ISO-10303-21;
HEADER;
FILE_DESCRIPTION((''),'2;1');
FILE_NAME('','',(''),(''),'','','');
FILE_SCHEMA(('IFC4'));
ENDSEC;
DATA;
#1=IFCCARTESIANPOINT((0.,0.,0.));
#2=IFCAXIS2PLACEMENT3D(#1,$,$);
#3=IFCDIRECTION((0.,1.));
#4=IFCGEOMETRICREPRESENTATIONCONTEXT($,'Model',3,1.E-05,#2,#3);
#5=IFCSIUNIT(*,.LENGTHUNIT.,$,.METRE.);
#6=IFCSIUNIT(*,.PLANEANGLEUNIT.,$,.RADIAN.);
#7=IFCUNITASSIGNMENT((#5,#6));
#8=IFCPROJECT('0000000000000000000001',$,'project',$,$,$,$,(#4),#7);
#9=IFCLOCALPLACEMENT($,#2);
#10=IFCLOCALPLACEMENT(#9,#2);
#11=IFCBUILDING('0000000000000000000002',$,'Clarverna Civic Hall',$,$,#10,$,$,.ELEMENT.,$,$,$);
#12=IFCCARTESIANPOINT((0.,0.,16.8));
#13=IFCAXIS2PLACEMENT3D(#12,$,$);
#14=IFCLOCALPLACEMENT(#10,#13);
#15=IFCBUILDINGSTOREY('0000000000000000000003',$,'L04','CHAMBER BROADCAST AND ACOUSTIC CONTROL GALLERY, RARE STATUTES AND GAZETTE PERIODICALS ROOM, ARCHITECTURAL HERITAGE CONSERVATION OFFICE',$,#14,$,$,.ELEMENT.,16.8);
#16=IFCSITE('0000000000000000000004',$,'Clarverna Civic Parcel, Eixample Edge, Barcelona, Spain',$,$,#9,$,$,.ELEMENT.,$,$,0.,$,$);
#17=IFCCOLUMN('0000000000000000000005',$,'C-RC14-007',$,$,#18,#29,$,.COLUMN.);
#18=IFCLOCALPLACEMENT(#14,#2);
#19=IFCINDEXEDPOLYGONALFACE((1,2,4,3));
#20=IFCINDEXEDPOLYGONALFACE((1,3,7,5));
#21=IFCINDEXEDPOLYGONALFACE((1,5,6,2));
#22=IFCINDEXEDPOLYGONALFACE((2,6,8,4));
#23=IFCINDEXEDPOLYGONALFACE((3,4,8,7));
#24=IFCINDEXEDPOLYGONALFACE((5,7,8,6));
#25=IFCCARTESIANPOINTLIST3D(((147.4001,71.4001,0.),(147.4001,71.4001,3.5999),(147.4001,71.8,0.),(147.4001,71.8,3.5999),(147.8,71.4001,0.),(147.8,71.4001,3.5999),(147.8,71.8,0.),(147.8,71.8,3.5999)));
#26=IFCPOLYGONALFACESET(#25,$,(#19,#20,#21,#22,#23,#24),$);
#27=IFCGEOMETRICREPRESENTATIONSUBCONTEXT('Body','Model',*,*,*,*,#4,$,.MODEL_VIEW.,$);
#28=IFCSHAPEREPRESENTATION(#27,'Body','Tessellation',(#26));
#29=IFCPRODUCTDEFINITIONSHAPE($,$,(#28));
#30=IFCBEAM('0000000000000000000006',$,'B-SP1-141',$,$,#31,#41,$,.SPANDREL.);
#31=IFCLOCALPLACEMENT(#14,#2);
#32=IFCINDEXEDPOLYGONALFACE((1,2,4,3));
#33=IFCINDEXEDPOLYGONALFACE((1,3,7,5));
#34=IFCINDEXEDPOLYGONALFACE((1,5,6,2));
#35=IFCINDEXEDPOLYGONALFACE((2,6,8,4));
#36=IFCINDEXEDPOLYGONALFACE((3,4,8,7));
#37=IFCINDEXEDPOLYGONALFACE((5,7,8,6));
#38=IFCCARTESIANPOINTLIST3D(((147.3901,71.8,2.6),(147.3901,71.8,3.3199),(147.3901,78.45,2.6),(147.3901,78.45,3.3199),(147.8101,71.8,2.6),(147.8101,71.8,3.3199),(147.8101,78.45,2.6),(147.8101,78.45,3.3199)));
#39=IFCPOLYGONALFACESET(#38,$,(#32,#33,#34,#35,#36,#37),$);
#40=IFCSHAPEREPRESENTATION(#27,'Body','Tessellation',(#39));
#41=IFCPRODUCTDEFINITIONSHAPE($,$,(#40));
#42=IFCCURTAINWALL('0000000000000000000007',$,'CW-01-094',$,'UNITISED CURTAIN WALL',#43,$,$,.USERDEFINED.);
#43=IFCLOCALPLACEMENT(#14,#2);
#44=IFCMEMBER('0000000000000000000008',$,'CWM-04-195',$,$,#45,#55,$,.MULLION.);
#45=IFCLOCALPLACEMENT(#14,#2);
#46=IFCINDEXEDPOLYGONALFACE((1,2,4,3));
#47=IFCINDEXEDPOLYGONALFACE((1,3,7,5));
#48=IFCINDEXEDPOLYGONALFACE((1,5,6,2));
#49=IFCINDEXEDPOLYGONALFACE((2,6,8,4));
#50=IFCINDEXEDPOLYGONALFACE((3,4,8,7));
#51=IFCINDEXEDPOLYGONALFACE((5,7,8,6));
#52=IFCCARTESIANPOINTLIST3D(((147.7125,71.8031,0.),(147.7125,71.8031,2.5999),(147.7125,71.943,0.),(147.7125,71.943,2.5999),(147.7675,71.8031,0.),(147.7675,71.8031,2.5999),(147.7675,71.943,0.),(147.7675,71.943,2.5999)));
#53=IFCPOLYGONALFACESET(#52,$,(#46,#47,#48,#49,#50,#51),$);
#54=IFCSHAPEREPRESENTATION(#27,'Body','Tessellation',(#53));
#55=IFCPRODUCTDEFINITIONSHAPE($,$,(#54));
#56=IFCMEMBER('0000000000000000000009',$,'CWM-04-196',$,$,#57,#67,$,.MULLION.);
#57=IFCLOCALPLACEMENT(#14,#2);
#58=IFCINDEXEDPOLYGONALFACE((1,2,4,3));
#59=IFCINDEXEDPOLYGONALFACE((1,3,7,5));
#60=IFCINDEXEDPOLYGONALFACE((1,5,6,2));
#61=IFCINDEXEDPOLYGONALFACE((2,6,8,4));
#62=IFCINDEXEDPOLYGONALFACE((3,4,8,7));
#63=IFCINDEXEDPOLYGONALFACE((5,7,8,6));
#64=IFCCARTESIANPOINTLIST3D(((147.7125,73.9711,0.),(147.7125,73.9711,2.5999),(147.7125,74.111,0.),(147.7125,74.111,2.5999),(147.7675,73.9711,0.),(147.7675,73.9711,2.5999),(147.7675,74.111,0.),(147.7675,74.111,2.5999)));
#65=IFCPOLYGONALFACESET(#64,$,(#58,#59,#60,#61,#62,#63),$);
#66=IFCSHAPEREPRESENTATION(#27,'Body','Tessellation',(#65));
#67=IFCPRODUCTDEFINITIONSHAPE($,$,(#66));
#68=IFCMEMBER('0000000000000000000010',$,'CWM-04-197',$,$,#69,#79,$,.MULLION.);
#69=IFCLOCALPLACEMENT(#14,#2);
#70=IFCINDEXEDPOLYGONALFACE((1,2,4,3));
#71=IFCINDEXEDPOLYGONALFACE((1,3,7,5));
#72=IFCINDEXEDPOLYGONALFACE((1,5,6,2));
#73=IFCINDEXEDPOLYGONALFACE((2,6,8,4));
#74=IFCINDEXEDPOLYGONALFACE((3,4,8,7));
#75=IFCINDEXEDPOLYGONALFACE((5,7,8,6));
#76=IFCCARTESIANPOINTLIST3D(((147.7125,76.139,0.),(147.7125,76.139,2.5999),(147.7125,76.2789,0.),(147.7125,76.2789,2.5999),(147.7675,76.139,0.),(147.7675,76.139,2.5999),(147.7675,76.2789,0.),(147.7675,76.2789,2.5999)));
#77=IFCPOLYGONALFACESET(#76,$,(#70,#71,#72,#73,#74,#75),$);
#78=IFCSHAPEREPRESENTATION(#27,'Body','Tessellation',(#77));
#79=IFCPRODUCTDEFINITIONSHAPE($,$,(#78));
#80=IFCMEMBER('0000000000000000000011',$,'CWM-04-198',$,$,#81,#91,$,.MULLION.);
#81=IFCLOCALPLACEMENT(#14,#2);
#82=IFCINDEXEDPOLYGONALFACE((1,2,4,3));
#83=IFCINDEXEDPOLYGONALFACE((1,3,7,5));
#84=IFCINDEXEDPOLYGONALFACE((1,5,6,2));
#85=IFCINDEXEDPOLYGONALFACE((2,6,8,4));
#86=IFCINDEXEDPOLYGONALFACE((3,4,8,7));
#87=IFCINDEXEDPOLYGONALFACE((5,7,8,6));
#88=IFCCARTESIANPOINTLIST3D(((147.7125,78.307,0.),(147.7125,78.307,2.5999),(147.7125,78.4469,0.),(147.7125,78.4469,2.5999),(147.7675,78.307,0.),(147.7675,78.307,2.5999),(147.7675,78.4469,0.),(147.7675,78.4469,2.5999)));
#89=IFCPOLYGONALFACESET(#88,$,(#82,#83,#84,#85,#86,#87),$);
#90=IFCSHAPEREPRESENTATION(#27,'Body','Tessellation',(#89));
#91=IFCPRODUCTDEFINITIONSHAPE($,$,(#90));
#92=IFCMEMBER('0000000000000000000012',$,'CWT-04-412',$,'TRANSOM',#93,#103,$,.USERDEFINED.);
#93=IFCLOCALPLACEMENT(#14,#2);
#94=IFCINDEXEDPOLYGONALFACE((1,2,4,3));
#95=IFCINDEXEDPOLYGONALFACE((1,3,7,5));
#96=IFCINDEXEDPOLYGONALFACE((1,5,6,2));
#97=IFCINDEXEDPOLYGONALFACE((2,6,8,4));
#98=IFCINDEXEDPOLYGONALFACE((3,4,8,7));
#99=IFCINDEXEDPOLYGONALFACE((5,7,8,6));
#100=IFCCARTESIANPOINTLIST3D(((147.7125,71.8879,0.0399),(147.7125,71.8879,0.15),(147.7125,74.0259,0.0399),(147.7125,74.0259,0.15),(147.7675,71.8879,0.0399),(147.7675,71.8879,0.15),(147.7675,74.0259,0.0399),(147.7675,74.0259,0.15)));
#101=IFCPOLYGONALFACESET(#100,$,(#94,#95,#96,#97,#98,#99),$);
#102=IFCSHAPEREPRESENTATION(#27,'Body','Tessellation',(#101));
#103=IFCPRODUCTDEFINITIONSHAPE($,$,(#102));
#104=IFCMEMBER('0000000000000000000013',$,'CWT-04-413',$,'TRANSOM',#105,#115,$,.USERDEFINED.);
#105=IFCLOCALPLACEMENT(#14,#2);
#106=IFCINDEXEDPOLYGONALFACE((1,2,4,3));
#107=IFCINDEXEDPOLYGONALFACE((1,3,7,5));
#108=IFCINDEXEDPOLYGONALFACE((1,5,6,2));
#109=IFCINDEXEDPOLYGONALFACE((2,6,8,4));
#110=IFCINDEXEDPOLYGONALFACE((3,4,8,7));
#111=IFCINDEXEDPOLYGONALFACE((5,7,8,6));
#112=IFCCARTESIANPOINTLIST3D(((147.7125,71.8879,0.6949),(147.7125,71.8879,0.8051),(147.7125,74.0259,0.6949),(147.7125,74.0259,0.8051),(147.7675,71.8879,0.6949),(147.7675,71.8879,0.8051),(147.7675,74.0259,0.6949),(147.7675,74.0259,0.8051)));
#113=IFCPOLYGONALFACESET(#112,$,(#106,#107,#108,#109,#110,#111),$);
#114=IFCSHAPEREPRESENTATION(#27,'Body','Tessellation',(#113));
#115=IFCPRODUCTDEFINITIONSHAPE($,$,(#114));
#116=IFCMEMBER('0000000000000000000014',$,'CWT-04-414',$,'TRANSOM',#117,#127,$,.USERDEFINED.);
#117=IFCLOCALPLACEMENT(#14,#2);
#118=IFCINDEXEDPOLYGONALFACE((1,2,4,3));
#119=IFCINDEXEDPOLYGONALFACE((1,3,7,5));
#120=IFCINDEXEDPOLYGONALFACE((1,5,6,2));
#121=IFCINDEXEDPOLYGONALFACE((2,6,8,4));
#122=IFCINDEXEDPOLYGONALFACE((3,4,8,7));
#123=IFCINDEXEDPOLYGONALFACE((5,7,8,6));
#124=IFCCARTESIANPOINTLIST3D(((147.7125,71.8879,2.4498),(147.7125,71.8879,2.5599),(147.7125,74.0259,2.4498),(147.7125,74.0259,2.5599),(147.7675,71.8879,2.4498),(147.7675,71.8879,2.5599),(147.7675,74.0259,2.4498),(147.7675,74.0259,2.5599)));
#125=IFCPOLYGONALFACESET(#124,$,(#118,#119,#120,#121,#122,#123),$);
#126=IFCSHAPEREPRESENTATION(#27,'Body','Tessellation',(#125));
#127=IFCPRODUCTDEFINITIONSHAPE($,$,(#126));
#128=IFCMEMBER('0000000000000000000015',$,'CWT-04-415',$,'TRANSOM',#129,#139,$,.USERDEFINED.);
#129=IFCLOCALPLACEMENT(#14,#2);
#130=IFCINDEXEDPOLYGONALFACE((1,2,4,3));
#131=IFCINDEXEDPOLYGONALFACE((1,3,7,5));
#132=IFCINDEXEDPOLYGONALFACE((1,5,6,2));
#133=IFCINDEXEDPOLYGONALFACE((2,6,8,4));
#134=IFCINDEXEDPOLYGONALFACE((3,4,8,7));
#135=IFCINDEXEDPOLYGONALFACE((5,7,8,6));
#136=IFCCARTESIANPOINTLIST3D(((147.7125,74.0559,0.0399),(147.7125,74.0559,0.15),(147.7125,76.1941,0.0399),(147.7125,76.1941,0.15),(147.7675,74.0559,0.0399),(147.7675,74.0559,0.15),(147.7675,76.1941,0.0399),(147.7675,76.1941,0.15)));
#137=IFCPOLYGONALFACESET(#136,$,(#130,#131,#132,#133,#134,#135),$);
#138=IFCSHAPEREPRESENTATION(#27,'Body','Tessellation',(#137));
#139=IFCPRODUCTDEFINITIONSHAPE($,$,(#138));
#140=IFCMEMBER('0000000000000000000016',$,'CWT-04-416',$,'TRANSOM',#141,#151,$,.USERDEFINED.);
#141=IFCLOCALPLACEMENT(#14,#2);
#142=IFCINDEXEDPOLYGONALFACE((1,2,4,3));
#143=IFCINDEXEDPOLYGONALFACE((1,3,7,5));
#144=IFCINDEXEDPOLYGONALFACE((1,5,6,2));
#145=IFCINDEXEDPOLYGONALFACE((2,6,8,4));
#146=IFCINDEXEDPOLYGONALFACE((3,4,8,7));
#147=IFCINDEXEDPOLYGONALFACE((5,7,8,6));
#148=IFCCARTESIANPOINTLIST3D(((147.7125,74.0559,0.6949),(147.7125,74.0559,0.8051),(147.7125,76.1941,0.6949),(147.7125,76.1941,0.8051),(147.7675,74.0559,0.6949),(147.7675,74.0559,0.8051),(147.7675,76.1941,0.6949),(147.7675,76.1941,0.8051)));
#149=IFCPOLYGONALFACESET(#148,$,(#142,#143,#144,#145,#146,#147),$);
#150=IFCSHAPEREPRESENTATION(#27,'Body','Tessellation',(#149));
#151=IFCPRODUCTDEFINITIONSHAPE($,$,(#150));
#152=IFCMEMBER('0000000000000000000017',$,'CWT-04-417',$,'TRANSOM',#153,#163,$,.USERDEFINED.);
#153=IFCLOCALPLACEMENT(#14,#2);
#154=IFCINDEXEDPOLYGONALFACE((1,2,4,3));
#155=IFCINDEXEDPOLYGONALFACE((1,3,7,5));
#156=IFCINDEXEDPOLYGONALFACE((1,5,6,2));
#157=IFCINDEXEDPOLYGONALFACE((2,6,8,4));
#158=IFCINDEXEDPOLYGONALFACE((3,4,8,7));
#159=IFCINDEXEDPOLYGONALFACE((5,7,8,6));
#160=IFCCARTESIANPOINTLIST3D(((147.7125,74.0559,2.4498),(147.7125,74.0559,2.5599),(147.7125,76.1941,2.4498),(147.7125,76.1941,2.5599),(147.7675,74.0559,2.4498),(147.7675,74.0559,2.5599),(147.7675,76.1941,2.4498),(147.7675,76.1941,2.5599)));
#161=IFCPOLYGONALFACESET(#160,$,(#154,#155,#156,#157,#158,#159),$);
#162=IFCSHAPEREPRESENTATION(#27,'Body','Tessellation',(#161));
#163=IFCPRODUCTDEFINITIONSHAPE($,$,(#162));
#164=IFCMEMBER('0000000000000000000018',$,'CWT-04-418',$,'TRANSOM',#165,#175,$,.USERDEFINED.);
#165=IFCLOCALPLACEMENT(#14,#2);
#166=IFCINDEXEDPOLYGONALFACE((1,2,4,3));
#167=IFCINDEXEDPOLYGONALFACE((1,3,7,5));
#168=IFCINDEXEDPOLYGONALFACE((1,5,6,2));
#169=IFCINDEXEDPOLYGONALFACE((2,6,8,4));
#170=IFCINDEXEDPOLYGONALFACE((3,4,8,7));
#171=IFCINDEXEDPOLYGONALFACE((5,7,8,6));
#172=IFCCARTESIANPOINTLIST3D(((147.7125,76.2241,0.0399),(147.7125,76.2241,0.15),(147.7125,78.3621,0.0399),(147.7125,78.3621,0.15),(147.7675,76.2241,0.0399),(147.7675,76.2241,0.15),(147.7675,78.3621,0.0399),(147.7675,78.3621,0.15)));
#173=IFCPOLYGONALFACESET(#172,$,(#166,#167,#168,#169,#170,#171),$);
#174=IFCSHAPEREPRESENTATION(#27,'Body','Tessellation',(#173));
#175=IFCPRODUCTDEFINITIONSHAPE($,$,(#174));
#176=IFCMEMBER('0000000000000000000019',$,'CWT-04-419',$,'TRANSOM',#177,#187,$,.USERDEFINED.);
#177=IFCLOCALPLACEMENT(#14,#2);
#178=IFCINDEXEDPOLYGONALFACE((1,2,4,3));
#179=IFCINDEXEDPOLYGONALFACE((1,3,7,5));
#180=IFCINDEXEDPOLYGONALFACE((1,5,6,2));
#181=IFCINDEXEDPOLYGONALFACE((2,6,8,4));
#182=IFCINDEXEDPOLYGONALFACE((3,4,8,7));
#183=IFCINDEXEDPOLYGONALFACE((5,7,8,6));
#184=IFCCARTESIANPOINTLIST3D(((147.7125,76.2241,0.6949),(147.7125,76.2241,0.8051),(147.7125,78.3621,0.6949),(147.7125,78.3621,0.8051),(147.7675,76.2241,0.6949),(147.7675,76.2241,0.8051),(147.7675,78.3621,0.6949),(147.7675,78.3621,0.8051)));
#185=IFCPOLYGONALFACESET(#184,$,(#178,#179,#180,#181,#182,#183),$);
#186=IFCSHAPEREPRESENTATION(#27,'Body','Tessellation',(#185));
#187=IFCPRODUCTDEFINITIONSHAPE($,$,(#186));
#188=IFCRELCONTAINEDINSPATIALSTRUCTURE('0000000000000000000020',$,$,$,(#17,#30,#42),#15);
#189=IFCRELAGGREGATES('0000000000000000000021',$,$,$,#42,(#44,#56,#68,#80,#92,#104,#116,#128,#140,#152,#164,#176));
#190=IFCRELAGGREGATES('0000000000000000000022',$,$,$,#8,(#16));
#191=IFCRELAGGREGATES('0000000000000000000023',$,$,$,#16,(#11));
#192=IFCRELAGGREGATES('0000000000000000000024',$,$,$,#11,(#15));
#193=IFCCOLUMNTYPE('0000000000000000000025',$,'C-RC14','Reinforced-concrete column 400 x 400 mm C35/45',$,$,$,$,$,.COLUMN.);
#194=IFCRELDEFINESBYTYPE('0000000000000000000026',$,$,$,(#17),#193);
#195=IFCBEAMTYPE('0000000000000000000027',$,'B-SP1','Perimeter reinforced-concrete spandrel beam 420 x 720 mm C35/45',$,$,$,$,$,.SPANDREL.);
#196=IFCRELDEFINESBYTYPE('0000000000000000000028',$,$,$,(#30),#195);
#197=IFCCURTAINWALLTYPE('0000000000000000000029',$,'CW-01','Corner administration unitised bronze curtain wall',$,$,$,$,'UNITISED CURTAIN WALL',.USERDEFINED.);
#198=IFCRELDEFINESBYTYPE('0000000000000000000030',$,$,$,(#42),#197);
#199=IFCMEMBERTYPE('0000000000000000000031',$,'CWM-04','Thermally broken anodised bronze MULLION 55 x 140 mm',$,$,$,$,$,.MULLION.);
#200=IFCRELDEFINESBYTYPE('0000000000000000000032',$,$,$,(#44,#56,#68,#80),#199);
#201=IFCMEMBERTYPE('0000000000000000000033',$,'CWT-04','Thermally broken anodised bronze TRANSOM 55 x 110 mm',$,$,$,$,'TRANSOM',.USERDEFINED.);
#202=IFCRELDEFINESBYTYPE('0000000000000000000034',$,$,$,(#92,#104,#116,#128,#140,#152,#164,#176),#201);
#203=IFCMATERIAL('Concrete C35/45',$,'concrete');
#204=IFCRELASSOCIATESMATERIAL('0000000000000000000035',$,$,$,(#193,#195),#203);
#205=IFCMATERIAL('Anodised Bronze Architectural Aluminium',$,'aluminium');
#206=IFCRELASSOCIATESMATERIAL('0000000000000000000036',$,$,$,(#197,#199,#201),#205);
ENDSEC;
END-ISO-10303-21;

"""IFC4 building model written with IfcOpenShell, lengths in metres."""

from ifc_helpers import new_model, si_unit, direction, frame, origin, origin_2d, place, context, subcontext, project, spatial, rectangle, extrude, material, material_profile, profile_set, type_object, element, aggregate, save


model = new_model("IFC4")

# Units and contexts
model_context = context("Model", 3, precision=1e-05, world=origin(), true_north=direction((0.0, 1.0)))
body_context = subcontext(model_context, "Body", "Model", "MODEL_VIEW")
ifc_project = project(units=[si_unit("LENGTHUNIT", "METRE"), si_unit("PLANEANGLEUNIT", "RADIAN")], contexts=[model_context])

# Site, building, storey
site_placement = place(None, origin())
site = spatial("IfcSite", under=ifc_project, at=site_placement, Name="Clarverna Civic Parcel, Eixample Edge, Barcelona, Spain", CompositionType="ELEMENT", RefElevation=0.0)
building_placement = place(site_placement, origin())
building = spatial("IfcBuilding", under=site, at=building_placement, Name="Clarverna Civic Hall", CompositionType="ELEMENT")
storey_placement = place(building_placement, frame((0.0, 0.0, 16.8)))
storey = spatial("IfcBuildingStorey", under=building, at=storey_placement, Name="L04", Description="CHAMBER BROADCAST AND ACOUSTIC CONTROL GALLERY, RARE STATUTES AND GAZETTE PERIODICALS ROOM, ARCHITECTURAL HERITAGE CONSERVATION OFFICE", CompositionType="ELEMENT", Elevation=16.8)

# Column
ifc_material_1 = material(Name="Concrete C35/45", Category="concrete")
ifc_material_profile_1 = material_profile(ifc_material_1, rectangle(XDim=0.3999, YDim=0.3999, at=origin_2d()), Name="RC 400x400")
ifc_profile_set_1 = profile_set([ifc_material_profile_1], Name="Concrete C35/45")
column_type = type_object("IfcColumnType", Name="C-RC14", Description="Reinforced-concrete column 400 x 400 mm C35/45", PredefinedType="COLUMN", material=ifc_profile_set_1)
column_placement = place(storey_placement, frame((147.6001, 71.6001, 0.0), z_axis=(0.0, 0.0, 1.0), x_axis=(1.0, 0.0, 0.0)))
element("IfcColumn", 1, at=column_placement, inside=storey, type_object=column_type, Name="C-RC14-007", PredefinedType="COLUMN", context=body_context, shape_type="SweptSolid", body=[
    extrude(rectangle(XDim=0.3999, YDim=0.3999, at=origin_2d()), origin(), (0.0, 0.0, 1.0), 3.5999),
])

# Beam
ifc_material_profile_2 = material_profile(ifc_material_1, rectangle(XDim=0.4199, YDim=0.72, at=origin_2d()), Name="RC 420x720")
ifc_profile_set_2 = profile_set([ifc_material_profile_2], Name="Concrete C35/45")
beam_type = type_object("IfcBeamType", Name="B-SP1", Description="Perimeter reinforced-concrete spandrel beam 420 x 720 mm C35/45", PredefinedType="SPANDREL", material=ifc_profile_set_2)
beam_placement = place(storey_placement, frame((147.6001, 71.8, 2.96), z_axis=(0.0, 1.0, 0.0), x_axis=(-1.0, 0.0, 0.0)))
element("IfcBeam", 2, at=beam_placement, inside=storey, type_object=beam_type, Name="B-SP1-141", PredefinedType="SPANDREL", context=body_context, shape_type="SweptSolid", body=[
    extrude(rectangle(XDim=0.4199, YDim=0.72, at=origin_2d()), origin(), (0.0, 0.0, 1.0), 6.6499),
])

# Curtain wall, members
ifc_material_2 = material(Name="Anodised Bronze Architectural Aluminium", Category="aluminium")
curtain_wall_type = type_object("IfcCurtainWallType", Name="CW-01", Description="Corner administration unitised bronze curtain wall", ElementType="UNITISED CURTAIN WALL", PredefinedType="USERDEFINED", material=ifc_material_2)
curtain_wall_placement = place(storey_placement, origin())
curtain_wall = element("IfcCurtainWall", 3, at=curtain_wall_placement, inside=storey, type_object=curtain_wall_type, Name="CW-01-094", ObjectType="UNITISED CURTAIN WALL", PredefinedType="USERDEFINED")
ifc_material_profile_3 = material_profile(ifc_material_2, rectangle(XDim=0.0549, YDim=0.1399, at=origin_2d()), Name="BRONZE 55x140")
ifc_profile_set_3 = profile_set([ifc_material_profile_3], Name="Anodised Bronze Architectural Aluminium")
member_type_1 = type_object("IfcMemberType", Name="CWM-04", Description="Thermally broken anodised bronze MULLION 55 x 140 mm", PredefinedType="MULLION", material=ifc_profile_set_3)
member_1_placement = place(storey_placement, frame((147.74, 71.873, 0.0), z_axis=(0.0, 0.0, 1.0), x_axis=(1.0, 0.0, 0.0)))
member_1 = element("IfcMember", 4, at=member_1_placement, type_object=member_type_1, Name="CWM-04-195", PredefinedType="MULLION", context=body_context, shape_type="SweptSolid", body=[
    extrude(rectangle(XDim=0.0549, YDim=0.1399, at=origin_2d()), origin(), (0.0, 0.0, 1.0), 2.5999),
])
member_2_placement = place(storey_placement, frame((147.74, 74.041, 0.0), z_axis=(0.0, 0.0, 1.0), x_axis=(1.0, 0.0, 0.0)))
member_2 = element("IfcMember", 5, at=member_2_placement, type_object=member_type_1, Name="CWM-04-196", PredefinedType="MULLION", context=body_context, shape_type="SweptSolid", body=[
    extrude(rectangle(XDim=0.0549, YDim=0.1399, at=origin_2d()), origin(), (0.0, 0.0, 1.0), 2.5999),
])
member_3_placement = place(storey_placement, frame((147.74, 76.209, 0.0), z_axis=(0.0, 0.0, 1.0), x_axis=(1.0, 0.0, 0.0)))
member_3 = element("IfcMember", 6, at=member_3_placement, type_object=member_type_1, Name="CWM-04-197", PredefinedType="MULLION", context=body_context, shape_type="SweptSolid", body=[
    extrude(rectangle(XDim=0.0549, YDim=0.1399, at=origin_2d()), origin(), (0.0, 0.0, 1.0), 2.5999),
])
member_4_placement = place(storey_placement, frame((147.74, 78.377, 0.0), z_axis=(0.0, 0.0, 1.0), x_axis=(1.0, 0.0, 0.0)))
member_4 = element("IfcMember", 7, at=member_4_placement, type_object=member_type_1, Name="CWM-04-198", PredefinedType="MULLION", context=body_context, shape_type="SweptSolid", body=[
    extrude(rectangle(XDim=0.0549, YDim=0.1399, at=origin_2d()), origin(), (0.0, 0.0, 1.0), 2.5999),
])
ifc_material_profile_4 = material_profile(ifc_material_2, rectangle(XDim=0.0549, YDim=0.1101, at=origin_2d()), Name="BRONZE 55x110")
ifc_profile_set_4 = profile_set([ifc_material_profile_4], Name="Anodised Bronze Architectural Aluminium")
member_type_2 = type_object("IfcMemberType", Name="CWT-04", Description="Thermally broken anodised bronze TRANSOM 55 x 110 mm", ElementType="TRANSOM", PredefinedType="USERDEFINED", material=ifc_profile_set_4)
member_5_placement = place(storey_placement, frame((147.74, 71.8879, 0.095), z_axis=(0.0, 1.0, 0.0), x_axis=(-1.0, 0.0, 0.0)))
member_5 = element("IfcMember", 8, at=member_5_placement, type_object=member_type_2, Name="CWT-04-412", ObjectType="TRANSOM", PredefinedType="USERDEFINED", context=body_context, shape_type="SweptSolid", body=[
    extrude(rectangle(XDim=0.0549, YDim=0.1101, at=origin_2d()), origin(), (0.0, 0.0, 1.0), 2.1379),
])
member_6_placement = place(storey_placement, frame((147.74, 71.8879, 0.75), z_axis=(0.0, 1.0, 0.0), x_axis=(-1.0, 0.0, 0.0)))
member_6 = element("IfcMember", 9, at=member_6_placement, type_object=member_type_2, Name="CWT-04-413", ObjectType="TRANSOM", PredefinedType="USERDEFINED", context=body_context, shape_type="SweptSolid", body=[
    extrude(rectangle(XDim=0.0549, YDim=0.1101, at=origin_2d()), origin(), (0.0, 0.0, 1.0), 2.1379),
])
member_7_placement = place(storey_placement, frame((147.74, 71.8879, 2.5049), z_axis=(0.0, 1.0, 0.0), x_axis=(-1.0, 0.0, 0.0)))
member_7 = element("IfcMember", 10, at=member_7_placement, type_object=member_type_2, Name="CWT-04-414", ObjectType="TRANSOM", PredefinedType="USERDEFINED", context=body_context, shape_type="SweptSolid", body=[
    extrude(rectangle(XDim=0.0549, YDim=0.1101, at=origin_2d()), origin(), (0.0, 0.0, 1.0), 2.1379),
])
member_8_placement = place(storey_placement, frame((147.74, 74.0559, 0.095), z_axis=(0.0, 1.0, 0.0), x_axis=(-1.0, 0.0, 0.0)))
member_8 = element("IfcMember", 11, at=member_8_placement, type_object=member_type_2, Name="CWT-04-415", ObjectType="TRANSOM", PredefinedType="USERDEFINED", context=body_context, shape_type="SweptSolid", body=[
    extrude(rectangle(XDim=0.0549, YDim=0.1101, at=origin_2d()), origin(), (0.0, 0.0, 1.0), 2.1382),
])
member_9_placement = place(storey_placement, frame((147.74, 74.0559, 0.75), z_axis=(0.0, 1.0, 0.0), x_axis=(-1.0, 0.0, 0.0)))
member_9 = element("IfcMember", 12, at=member_9_placement, type_object=member_type_2, Name="CWT-04-416", ObjectType="TRANSOM", PredefinedType="USERDEFINED", context=body_context, shape_type="SweptSolid", body=[
    extrude(rectangle(XDim=0.0549, YDim=0.1101, at=origin_2d()), origin(), (0.0, 0.0, 1.0), 2.1382),
])
member_10_placement = place(storey_placement, frame((147.74, 74.0559, 2.5049), z_axis=(0.0, 1.0, 0.0), x_axis=(-1.0, 0.0, 0.0)))
member_10 = element("IfcMember", 13, at=member_10_placement, type_object=member_type_2, Name="CWT-04-417", ObjectType="TRANSOM", PredefinedType="USERDEFINED", context=body_context, shape_type="SweptSolid", body=[
    extrude(rectangle(XDim=0.0549, YDim=0.1101, at=origin_2d()), origin(), (0.0, 0.0, 1.0), 2.1382),
])
member_11_placement = place(storey_placement, frame((147.74, 76.2241, 0.095), z_axis=(0.0, 1.0, 0.0), x_axis=(-1.0, 0.0, 0.0)))
member_11 = element("IfcMember", 14, at=member_11_placement, type_object=member_type_2, Name="CWT-04-418", ObjectType="TRANSOM", PredefinedType="USERDEFINED", context=body_context, shape_type="SweptSolid", body=[
    extrude(rectangle(XDim=0.0549, YDim=0.1101, at=origin_2d()), origin(), (0.0, 0.0, 1.0), 2.1379),
])
member_12_placement = place(storey_placement, frame((147.74, 76.2241, 0.75), z_axis=(0.0, 1.0, 0.0), x_axis=(-1.0, 0.0, 0.0)))
member_12 = element("IfcMember", 15, at=member_12_placement, type_object=member_type_2, Name="CWT-04-419", ObjectType="TRANSOM", PredefinedType="USERDEFINED", context=body_context, shape_type="SweptSolid", body=[
    extrude(rectangle(XDim=0.0549, YDim=0.1101, at=origin_2d()), origin(), (0.0, 0.0, 1.0), 2.1379),
])
aggregate(curtain_wall, [member_1, member_2, member_3, member_4, member_5, member_6, member_7, member_8, member_9, member_10, member_11, member_12])

save(model, "model.ifc")
